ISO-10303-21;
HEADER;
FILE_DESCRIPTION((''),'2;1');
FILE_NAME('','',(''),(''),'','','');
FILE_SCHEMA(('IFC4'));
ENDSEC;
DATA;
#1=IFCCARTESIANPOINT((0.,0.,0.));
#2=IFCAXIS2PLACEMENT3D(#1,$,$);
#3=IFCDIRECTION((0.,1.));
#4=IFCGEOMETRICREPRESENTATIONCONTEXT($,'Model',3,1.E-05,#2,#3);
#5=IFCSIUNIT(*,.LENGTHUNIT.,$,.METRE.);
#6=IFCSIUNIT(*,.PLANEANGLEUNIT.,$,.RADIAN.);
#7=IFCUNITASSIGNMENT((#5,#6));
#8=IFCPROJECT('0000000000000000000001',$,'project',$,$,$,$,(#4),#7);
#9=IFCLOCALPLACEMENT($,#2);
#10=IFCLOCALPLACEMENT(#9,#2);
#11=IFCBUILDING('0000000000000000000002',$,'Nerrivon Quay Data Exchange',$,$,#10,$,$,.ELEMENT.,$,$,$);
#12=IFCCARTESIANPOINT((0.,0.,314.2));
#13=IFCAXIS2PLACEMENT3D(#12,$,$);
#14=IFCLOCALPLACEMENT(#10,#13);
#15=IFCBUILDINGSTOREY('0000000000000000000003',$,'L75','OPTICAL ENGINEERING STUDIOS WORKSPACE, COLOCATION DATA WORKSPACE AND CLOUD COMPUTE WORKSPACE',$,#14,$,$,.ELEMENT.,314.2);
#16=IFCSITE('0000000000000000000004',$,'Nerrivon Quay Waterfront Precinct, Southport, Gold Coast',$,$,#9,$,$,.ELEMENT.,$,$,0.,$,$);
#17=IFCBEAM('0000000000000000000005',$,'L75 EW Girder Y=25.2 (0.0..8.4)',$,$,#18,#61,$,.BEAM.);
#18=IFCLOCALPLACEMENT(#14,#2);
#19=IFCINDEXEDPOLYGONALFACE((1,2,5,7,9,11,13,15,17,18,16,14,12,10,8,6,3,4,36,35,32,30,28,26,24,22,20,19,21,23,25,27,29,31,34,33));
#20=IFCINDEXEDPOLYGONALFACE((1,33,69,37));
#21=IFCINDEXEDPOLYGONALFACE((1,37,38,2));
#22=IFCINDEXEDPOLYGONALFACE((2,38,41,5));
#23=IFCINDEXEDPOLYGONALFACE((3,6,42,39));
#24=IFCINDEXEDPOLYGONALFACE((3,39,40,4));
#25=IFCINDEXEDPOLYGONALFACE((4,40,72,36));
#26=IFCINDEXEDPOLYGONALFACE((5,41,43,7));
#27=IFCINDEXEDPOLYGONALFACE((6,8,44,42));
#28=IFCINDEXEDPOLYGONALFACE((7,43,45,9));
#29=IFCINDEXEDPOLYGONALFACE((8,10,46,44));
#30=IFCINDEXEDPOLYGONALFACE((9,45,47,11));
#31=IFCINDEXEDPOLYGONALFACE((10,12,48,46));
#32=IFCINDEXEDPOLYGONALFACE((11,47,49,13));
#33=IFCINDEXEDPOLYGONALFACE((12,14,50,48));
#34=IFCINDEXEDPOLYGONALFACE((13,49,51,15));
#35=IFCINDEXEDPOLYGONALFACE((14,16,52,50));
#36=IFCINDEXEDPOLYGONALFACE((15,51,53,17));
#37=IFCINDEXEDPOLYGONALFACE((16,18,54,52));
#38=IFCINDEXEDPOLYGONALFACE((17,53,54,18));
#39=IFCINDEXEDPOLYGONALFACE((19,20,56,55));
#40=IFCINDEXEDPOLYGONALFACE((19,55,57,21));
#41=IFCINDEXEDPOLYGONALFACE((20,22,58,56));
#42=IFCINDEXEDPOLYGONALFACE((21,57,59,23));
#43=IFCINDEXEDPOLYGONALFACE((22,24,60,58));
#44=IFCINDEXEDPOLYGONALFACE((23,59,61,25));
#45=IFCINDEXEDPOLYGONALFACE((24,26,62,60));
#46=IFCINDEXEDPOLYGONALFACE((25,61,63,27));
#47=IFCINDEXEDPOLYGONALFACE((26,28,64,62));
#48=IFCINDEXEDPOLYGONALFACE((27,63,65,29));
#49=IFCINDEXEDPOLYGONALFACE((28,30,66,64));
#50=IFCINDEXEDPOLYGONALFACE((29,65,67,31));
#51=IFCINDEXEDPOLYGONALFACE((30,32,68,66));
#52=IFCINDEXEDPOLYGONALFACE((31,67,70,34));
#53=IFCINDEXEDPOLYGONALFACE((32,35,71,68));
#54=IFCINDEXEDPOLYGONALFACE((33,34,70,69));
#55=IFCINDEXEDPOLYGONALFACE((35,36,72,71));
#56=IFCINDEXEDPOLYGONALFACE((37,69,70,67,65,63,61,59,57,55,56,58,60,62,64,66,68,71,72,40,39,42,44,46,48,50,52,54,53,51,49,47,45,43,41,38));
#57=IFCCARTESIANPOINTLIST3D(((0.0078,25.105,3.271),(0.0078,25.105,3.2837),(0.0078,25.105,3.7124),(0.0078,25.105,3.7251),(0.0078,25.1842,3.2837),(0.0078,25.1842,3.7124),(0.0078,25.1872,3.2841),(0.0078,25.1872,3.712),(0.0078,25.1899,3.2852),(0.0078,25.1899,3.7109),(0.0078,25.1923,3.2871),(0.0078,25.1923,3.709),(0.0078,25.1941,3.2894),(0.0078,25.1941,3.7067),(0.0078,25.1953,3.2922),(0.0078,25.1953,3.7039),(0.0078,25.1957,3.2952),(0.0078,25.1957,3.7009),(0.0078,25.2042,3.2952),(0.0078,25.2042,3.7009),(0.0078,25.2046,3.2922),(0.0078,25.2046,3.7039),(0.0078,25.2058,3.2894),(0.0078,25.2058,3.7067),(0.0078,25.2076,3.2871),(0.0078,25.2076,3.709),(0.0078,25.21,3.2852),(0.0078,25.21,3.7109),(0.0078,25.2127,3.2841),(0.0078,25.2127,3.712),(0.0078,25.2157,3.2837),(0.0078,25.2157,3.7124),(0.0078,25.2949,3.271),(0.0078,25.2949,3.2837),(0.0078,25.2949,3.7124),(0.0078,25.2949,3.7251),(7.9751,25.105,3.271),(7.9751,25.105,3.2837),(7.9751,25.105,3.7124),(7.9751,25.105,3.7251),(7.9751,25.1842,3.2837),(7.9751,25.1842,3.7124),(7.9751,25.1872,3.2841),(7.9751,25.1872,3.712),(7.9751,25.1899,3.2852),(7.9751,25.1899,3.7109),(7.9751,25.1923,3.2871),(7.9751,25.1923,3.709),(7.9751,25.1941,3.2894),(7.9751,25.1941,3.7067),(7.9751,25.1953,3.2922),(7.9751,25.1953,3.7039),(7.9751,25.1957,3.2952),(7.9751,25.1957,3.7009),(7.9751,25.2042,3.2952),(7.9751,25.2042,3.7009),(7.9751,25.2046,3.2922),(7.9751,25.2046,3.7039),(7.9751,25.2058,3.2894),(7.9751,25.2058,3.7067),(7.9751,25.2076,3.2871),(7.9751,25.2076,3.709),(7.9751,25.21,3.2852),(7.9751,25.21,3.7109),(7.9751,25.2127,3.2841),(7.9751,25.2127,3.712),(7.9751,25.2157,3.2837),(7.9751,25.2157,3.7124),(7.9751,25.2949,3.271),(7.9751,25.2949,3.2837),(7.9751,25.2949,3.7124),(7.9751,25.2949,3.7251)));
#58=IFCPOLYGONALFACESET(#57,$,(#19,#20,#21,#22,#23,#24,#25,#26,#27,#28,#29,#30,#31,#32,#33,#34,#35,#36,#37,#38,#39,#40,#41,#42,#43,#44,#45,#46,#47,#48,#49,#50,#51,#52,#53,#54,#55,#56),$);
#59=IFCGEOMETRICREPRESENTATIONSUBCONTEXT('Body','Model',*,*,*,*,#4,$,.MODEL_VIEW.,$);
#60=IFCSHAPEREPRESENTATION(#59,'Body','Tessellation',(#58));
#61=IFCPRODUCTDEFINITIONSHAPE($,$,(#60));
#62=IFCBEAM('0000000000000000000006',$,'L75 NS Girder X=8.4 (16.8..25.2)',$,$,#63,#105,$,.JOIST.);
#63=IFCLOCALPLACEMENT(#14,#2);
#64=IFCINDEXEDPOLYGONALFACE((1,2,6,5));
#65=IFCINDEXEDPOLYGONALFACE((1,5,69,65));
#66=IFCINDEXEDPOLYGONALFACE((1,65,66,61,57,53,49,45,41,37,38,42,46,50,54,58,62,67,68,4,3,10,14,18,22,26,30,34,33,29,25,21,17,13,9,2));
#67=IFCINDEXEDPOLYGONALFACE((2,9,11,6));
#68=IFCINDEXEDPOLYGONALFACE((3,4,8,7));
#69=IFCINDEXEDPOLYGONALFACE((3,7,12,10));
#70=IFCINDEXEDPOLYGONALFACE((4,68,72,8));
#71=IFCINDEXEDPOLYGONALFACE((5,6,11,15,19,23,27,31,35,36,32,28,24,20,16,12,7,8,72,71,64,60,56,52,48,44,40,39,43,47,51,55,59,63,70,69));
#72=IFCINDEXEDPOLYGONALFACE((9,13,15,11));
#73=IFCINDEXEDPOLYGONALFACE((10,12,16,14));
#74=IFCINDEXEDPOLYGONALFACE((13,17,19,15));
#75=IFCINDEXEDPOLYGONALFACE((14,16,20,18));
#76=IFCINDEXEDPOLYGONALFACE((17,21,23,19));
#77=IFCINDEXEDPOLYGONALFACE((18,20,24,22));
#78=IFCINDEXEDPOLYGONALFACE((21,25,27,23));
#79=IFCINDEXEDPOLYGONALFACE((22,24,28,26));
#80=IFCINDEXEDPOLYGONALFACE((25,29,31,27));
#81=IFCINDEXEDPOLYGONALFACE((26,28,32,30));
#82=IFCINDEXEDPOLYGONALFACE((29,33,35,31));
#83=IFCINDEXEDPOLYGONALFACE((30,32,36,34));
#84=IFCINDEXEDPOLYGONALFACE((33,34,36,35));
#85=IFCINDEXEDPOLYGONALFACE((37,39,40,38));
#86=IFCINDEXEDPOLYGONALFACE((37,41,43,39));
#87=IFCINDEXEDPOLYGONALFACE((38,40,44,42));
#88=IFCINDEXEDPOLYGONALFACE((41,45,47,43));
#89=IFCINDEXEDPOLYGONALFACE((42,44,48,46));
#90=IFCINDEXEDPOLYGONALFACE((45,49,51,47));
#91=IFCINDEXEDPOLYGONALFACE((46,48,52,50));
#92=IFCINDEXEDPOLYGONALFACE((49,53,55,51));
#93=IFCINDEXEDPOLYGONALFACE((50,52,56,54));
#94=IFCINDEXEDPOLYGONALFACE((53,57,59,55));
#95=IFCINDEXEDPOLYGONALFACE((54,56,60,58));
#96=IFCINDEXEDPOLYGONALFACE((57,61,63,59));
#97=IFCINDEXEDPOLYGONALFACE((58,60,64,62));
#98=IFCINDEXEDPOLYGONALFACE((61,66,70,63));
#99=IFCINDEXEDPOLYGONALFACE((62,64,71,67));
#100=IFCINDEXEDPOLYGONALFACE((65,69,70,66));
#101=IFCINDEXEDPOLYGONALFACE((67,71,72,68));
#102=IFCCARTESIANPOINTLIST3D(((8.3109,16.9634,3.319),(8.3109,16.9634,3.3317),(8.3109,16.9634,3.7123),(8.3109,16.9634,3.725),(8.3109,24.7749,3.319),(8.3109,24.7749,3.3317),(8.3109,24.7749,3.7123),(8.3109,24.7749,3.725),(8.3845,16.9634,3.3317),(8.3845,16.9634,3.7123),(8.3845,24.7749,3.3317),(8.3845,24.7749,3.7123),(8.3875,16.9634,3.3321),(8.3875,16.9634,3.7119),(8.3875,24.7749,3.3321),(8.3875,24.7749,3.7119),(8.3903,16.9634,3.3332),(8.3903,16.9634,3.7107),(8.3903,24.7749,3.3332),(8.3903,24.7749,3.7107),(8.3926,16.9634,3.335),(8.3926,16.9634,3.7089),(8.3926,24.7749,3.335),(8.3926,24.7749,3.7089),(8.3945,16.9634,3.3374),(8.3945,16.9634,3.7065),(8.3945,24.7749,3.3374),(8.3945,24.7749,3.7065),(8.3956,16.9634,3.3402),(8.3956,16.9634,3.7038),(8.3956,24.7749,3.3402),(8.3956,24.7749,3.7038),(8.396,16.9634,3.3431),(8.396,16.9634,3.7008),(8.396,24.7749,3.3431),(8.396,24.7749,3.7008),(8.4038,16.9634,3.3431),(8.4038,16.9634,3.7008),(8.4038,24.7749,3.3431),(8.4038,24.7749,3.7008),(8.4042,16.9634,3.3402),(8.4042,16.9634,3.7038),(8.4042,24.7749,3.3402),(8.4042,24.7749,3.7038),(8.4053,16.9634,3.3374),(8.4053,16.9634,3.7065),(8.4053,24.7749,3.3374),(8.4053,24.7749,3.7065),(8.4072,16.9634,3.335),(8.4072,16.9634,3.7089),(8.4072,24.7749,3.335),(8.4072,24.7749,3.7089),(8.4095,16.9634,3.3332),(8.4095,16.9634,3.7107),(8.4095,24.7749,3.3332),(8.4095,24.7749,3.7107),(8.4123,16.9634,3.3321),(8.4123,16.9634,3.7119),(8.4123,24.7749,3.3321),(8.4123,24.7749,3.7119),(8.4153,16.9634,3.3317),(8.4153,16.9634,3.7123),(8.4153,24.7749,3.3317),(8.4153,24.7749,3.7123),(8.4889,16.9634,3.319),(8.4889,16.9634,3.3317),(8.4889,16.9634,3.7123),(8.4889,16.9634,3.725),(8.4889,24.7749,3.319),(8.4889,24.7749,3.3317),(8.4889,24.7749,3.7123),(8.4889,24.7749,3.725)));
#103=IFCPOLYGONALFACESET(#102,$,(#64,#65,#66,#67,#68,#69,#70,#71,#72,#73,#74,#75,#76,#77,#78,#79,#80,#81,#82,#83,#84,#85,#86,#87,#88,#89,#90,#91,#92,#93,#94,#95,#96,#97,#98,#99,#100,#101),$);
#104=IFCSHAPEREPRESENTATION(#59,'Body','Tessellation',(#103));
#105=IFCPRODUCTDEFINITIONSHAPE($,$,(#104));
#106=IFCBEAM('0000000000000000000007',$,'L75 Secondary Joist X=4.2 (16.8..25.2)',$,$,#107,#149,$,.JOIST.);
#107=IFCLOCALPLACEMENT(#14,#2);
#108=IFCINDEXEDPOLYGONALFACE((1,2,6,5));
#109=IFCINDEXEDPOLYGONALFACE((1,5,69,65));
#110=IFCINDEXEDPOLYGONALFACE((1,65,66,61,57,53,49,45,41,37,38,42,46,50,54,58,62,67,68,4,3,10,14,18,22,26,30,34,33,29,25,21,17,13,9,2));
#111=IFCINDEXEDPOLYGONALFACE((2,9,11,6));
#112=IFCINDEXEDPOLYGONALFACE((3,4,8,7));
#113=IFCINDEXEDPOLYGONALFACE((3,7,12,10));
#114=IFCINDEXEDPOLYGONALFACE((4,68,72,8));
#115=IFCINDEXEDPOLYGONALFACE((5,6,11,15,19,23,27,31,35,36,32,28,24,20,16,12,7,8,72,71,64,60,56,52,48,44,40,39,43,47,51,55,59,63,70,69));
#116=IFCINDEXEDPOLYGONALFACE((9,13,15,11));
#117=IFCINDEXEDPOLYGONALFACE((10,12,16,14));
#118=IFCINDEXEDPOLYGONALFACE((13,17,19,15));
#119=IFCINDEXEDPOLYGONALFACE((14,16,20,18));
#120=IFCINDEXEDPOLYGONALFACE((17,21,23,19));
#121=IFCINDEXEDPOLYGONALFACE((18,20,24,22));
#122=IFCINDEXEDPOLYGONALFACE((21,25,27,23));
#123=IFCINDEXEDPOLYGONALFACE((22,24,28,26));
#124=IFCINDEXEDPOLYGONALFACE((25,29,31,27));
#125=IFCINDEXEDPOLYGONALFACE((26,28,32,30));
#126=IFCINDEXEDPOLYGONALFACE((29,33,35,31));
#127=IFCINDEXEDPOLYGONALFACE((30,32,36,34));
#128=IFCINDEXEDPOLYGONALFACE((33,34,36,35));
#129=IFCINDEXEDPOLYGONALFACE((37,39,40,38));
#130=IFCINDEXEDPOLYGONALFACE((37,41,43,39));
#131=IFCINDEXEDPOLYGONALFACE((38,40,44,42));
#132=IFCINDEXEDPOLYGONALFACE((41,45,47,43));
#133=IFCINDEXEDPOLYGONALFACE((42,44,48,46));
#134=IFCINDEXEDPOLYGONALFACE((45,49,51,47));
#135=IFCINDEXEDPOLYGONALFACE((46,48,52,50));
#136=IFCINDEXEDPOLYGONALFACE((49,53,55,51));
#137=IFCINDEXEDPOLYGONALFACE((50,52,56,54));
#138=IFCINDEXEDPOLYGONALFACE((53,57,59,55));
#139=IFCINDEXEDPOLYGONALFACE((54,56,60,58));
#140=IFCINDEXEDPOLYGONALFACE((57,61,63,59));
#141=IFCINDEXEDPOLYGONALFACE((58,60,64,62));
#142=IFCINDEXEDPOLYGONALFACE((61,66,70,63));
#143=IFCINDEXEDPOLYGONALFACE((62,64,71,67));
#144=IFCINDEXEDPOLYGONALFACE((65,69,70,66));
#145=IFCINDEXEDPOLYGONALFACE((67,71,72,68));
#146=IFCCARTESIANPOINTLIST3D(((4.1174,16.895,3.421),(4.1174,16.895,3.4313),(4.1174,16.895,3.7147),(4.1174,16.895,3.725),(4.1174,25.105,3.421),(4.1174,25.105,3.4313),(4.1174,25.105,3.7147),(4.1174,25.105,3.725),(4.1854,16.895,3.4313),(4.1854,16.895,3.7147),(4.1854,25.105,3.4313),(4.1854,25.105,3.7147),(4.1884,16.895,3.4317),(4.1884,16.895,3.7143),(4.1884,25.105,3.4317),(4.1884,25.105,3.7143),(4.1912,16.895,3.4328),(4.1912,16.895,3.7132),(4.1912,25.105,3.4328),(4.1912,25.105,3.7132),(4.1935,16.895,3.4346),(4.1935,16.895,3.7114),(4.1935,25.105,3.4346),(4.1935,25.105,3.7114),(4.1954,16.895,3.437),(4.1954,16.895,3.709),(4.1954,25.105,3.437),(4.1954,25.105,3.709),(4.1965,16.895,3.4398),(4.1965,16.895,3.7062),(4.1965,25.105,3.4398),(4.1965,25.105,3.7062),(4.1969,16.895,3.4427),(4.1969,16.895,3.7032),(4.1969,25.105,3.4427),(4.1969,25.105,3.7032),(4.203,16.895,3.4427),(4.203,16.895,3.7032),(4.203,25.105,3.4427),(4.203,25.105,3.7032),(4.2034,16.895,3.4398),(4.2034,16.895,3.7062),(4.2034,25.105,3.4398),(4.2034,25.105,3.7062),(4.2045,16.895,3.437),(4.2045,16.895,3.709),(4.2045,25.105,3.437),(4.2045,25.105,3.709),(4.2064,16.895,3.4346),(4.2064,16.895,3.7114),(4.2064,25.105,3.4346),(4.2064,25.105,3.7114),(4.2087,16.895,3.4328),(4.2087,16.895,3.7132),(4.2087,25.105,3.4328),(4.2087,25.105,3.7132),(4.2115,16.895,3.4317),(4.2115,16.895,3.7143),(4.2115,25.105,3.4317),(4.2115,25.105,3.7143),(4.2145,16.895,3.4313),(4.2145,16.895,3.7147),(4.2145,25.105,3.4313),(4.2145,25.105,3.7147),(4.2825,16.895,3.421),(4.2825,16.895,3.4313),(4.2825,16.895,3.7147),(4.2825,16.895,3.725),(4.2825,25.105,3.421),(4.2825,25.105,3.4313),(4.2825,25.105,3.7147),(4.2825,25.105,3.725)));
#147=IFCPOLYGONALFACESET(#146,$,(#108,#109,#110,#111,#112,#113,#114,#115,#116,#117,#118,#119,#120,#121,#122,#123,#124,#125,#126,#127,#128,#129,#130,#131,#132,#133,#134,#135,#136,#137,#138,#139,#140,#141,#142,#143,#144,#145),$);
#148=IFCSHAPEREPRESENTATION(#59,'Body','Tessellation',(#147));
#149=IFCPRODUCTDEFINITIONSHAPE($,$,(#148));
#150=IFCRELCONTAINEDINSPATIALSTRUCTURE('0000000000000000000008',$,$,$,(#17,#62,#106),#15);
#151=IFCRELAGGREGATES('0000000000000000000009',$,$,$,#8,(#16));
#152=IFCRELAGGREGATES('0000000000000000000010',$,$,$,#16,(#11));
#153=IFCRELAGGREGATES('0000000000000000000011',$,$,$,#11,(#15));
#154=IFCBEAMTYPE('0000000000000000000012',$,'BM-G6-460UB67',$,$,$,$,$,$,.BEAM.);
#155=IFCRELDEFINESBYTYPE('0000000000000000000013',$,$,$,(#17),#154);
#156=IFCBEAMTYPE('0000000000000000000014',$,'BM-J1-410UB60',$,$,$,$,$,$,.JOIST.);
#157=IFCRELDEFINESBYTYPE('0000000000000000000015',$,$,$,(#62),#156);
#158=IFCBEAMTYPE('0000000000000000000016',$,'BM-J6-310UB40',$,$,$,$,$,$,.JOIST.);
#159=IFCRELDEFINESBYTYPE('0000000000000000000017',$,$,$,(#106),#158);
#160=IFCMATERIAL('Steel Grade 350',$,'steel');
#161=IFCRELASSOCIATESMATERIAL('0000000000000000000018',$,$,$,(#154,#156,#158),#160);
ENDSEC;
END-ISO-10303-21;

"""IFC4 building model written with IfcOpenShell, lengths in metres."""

from ifc_helpers import new_model, si_unit, direction, frame, origin, origin_2d, place, context, subcontext, project, spatial, i_section, extrude, material, material_profile, profile_set, type_object, element, save


model = new_model("IFC4")

# Units and contexts
model_context = context("Model", 3, precision=1e-05, world=origin(), true_north=direction((0.0, 1.0)))
body_context = subcontext(model_context, "Body", "Model", "MODEL_VIEW")
ifc_project = project(units=[si_unit("LENGTHUNIT", "METRE"), si_unit("PLANEANGLEUNIT", "RADIAN")], contexts=[model_context])

# Site, building, storey
site_placement = place(None, origin())
site = spatial("IfcSite", under=ifc_project, at=site_placement, Name="Nerrivon Quay Waterfront Precinct, Southport, Gold Coast", CompositionType="ELEMENT", RefElevation=0.0)
building_placement = place(site_placement, origin())
building = spatial("IfcBuilding", under=site, at=building_placement, Name="Nerrivon Quay Data Exchange", CompositionType="ELEMENT")
storey_placement = place(building_placement, frame((0.0, 0.0, 314.2)))
storey = spatial("IfcBuildingStorey", under=building, at=storey_placement, Name="L75", Description="OPTICAL ENGINEERING STUDIOS WORKSPACE, COLOCATION DATA WORKSPACE AND CLOUD COMPUTE WORKSPACE", CompositionType="ELEMENT", Elevation=314.2)

# Shared definitions
ifc_material_1 = material(Name="Steel Grade 350", Category="steel")

# Beams
ifc_material_profile_1 = material_profile(ifc_material_1, i_section(OverallWidth=0.1899, OverallDepth=0.4541, WebThickness=0.0085, FlangeThickness=0.0127, FilletRadius=0.0115, at=origin_2d()), Name="460UB67.1")
ifc_profile_set_1 = profile_set([ifc_material_profile_1], Name="Steel Grade 350")
beam_type_1 = type_object("IfcBeamType", Name="BM-G6-460UB67", PredefinedType="BEAM", material=ifc_profile_set_1)
for number, where, z_axis, x_axis, name in (
    (1, (0.0078, 25.2, 3.498), (1.0, 0.0, 0.0), (0.0, 1.0, 0.0), "L75 EW Girder Y=25.2 (0.0..8.4)"),
):
    element("IfcBeam", number, at=place(storey_placement, frame(where, z_axis=z_axis, x_axis=x_axis)), inside=storey, type_object=beam_type_1, Name=name, PredefinedType="BEAM", context=body_context, shape_type="SweptSolid", body=[
        extrude(i_section(OverallWidth=0.1899, OverallDepth=0.4541, WebThickness=0.0085, FlangeThickness=0.0127, FilletRadius=0.0115, at=origin_2d()), origin(), (0.0, 0.0, 1.0), 7.9673),
    ])
ifc_material_profile_2 = material_profile(ifc_material_1, i_section(OverallWidth=0.178, OverallDepth=0.406, WebThickness=0.0078, FlangeThickness=0.0127, FilletRadius=0.0115, at=origin_2d()), Name="410UB59.7")
ifc_profile_set_2 = profile_set([ifc_material_profile_2], Name="Steel Grade 350")
beam_type_2 = type_object("IfcBeamType", Name="BM-J1-410UB60", PredefinedType="JOIST", material=ifc_profile_set_2)
beam_1_placement = place(storey_placement, frame((8.3999, 16.9634, 3.522), z_axis=(0.0, 1.0, 0.0), x_axis=(-1.0, 0.0, 0.0)))
element("IfcBeam", 2, at=beam_1_placement, inside=storey, type_object=beam_type_2, Name="L75 NS Girder X=8.4 (16.8..25.2)", PredefinedType="JOIST", context=body_context, shape_type="SweptSolid", body=[
    extrude(i_section(OverallWidth=0.178, OverallDepth=0.406, WebThickness=0.0078, FlangeThickness=0.0127, FilletRadius=0.0115, at=origin_2d()), origin(), (0.0, 0.0, 1.0), 7.8115),
])
ifc_material_profile_3 = material_profile(ifc_material_1, i_section(OverallWidth=0.165, OverallDepth=0.304, WebThickness=0.0061, FlangeThickness=0.0103, FilletRadius=0.0115, at=origin_2d()), Name="310UB40.4")
ifc_profile_set_3 = profile_set([ifc_material_profile_3], Name="Steel Grade 350")
beam_type_3 = type_object("IfcBeamType", Name="BM-J6-310UB40", PredefinedType="JOIST", material=ifc_profile_set_3)
beam_2_placement = place(storey_placement, frame((4.2, 16.895, 3.573), z_axis=(0.0, 1.0, 0.0), x_axis=(-1.0, 0.0, 0.0)))
element("IfcBeam", 3, at=beam_2_placement, inside=storey, type_object=beam_type_3, Name="L75 Secondary Joist X=4.2 (16.8..25.2)", PredefinedType="JOIST", context=body_context, shape_type="SweptSolid", body=[
    extrude(i_section(OverallWidth=0.165, OverallDepth=0.304, WebThickness=0.0061, FlangeThickness=0.0103, FilletRadius=0.0115, at=origin_2d()), origin(), (0.0, 0.0, 1.0), 8.21),
])

save(model, "model.ifc")
